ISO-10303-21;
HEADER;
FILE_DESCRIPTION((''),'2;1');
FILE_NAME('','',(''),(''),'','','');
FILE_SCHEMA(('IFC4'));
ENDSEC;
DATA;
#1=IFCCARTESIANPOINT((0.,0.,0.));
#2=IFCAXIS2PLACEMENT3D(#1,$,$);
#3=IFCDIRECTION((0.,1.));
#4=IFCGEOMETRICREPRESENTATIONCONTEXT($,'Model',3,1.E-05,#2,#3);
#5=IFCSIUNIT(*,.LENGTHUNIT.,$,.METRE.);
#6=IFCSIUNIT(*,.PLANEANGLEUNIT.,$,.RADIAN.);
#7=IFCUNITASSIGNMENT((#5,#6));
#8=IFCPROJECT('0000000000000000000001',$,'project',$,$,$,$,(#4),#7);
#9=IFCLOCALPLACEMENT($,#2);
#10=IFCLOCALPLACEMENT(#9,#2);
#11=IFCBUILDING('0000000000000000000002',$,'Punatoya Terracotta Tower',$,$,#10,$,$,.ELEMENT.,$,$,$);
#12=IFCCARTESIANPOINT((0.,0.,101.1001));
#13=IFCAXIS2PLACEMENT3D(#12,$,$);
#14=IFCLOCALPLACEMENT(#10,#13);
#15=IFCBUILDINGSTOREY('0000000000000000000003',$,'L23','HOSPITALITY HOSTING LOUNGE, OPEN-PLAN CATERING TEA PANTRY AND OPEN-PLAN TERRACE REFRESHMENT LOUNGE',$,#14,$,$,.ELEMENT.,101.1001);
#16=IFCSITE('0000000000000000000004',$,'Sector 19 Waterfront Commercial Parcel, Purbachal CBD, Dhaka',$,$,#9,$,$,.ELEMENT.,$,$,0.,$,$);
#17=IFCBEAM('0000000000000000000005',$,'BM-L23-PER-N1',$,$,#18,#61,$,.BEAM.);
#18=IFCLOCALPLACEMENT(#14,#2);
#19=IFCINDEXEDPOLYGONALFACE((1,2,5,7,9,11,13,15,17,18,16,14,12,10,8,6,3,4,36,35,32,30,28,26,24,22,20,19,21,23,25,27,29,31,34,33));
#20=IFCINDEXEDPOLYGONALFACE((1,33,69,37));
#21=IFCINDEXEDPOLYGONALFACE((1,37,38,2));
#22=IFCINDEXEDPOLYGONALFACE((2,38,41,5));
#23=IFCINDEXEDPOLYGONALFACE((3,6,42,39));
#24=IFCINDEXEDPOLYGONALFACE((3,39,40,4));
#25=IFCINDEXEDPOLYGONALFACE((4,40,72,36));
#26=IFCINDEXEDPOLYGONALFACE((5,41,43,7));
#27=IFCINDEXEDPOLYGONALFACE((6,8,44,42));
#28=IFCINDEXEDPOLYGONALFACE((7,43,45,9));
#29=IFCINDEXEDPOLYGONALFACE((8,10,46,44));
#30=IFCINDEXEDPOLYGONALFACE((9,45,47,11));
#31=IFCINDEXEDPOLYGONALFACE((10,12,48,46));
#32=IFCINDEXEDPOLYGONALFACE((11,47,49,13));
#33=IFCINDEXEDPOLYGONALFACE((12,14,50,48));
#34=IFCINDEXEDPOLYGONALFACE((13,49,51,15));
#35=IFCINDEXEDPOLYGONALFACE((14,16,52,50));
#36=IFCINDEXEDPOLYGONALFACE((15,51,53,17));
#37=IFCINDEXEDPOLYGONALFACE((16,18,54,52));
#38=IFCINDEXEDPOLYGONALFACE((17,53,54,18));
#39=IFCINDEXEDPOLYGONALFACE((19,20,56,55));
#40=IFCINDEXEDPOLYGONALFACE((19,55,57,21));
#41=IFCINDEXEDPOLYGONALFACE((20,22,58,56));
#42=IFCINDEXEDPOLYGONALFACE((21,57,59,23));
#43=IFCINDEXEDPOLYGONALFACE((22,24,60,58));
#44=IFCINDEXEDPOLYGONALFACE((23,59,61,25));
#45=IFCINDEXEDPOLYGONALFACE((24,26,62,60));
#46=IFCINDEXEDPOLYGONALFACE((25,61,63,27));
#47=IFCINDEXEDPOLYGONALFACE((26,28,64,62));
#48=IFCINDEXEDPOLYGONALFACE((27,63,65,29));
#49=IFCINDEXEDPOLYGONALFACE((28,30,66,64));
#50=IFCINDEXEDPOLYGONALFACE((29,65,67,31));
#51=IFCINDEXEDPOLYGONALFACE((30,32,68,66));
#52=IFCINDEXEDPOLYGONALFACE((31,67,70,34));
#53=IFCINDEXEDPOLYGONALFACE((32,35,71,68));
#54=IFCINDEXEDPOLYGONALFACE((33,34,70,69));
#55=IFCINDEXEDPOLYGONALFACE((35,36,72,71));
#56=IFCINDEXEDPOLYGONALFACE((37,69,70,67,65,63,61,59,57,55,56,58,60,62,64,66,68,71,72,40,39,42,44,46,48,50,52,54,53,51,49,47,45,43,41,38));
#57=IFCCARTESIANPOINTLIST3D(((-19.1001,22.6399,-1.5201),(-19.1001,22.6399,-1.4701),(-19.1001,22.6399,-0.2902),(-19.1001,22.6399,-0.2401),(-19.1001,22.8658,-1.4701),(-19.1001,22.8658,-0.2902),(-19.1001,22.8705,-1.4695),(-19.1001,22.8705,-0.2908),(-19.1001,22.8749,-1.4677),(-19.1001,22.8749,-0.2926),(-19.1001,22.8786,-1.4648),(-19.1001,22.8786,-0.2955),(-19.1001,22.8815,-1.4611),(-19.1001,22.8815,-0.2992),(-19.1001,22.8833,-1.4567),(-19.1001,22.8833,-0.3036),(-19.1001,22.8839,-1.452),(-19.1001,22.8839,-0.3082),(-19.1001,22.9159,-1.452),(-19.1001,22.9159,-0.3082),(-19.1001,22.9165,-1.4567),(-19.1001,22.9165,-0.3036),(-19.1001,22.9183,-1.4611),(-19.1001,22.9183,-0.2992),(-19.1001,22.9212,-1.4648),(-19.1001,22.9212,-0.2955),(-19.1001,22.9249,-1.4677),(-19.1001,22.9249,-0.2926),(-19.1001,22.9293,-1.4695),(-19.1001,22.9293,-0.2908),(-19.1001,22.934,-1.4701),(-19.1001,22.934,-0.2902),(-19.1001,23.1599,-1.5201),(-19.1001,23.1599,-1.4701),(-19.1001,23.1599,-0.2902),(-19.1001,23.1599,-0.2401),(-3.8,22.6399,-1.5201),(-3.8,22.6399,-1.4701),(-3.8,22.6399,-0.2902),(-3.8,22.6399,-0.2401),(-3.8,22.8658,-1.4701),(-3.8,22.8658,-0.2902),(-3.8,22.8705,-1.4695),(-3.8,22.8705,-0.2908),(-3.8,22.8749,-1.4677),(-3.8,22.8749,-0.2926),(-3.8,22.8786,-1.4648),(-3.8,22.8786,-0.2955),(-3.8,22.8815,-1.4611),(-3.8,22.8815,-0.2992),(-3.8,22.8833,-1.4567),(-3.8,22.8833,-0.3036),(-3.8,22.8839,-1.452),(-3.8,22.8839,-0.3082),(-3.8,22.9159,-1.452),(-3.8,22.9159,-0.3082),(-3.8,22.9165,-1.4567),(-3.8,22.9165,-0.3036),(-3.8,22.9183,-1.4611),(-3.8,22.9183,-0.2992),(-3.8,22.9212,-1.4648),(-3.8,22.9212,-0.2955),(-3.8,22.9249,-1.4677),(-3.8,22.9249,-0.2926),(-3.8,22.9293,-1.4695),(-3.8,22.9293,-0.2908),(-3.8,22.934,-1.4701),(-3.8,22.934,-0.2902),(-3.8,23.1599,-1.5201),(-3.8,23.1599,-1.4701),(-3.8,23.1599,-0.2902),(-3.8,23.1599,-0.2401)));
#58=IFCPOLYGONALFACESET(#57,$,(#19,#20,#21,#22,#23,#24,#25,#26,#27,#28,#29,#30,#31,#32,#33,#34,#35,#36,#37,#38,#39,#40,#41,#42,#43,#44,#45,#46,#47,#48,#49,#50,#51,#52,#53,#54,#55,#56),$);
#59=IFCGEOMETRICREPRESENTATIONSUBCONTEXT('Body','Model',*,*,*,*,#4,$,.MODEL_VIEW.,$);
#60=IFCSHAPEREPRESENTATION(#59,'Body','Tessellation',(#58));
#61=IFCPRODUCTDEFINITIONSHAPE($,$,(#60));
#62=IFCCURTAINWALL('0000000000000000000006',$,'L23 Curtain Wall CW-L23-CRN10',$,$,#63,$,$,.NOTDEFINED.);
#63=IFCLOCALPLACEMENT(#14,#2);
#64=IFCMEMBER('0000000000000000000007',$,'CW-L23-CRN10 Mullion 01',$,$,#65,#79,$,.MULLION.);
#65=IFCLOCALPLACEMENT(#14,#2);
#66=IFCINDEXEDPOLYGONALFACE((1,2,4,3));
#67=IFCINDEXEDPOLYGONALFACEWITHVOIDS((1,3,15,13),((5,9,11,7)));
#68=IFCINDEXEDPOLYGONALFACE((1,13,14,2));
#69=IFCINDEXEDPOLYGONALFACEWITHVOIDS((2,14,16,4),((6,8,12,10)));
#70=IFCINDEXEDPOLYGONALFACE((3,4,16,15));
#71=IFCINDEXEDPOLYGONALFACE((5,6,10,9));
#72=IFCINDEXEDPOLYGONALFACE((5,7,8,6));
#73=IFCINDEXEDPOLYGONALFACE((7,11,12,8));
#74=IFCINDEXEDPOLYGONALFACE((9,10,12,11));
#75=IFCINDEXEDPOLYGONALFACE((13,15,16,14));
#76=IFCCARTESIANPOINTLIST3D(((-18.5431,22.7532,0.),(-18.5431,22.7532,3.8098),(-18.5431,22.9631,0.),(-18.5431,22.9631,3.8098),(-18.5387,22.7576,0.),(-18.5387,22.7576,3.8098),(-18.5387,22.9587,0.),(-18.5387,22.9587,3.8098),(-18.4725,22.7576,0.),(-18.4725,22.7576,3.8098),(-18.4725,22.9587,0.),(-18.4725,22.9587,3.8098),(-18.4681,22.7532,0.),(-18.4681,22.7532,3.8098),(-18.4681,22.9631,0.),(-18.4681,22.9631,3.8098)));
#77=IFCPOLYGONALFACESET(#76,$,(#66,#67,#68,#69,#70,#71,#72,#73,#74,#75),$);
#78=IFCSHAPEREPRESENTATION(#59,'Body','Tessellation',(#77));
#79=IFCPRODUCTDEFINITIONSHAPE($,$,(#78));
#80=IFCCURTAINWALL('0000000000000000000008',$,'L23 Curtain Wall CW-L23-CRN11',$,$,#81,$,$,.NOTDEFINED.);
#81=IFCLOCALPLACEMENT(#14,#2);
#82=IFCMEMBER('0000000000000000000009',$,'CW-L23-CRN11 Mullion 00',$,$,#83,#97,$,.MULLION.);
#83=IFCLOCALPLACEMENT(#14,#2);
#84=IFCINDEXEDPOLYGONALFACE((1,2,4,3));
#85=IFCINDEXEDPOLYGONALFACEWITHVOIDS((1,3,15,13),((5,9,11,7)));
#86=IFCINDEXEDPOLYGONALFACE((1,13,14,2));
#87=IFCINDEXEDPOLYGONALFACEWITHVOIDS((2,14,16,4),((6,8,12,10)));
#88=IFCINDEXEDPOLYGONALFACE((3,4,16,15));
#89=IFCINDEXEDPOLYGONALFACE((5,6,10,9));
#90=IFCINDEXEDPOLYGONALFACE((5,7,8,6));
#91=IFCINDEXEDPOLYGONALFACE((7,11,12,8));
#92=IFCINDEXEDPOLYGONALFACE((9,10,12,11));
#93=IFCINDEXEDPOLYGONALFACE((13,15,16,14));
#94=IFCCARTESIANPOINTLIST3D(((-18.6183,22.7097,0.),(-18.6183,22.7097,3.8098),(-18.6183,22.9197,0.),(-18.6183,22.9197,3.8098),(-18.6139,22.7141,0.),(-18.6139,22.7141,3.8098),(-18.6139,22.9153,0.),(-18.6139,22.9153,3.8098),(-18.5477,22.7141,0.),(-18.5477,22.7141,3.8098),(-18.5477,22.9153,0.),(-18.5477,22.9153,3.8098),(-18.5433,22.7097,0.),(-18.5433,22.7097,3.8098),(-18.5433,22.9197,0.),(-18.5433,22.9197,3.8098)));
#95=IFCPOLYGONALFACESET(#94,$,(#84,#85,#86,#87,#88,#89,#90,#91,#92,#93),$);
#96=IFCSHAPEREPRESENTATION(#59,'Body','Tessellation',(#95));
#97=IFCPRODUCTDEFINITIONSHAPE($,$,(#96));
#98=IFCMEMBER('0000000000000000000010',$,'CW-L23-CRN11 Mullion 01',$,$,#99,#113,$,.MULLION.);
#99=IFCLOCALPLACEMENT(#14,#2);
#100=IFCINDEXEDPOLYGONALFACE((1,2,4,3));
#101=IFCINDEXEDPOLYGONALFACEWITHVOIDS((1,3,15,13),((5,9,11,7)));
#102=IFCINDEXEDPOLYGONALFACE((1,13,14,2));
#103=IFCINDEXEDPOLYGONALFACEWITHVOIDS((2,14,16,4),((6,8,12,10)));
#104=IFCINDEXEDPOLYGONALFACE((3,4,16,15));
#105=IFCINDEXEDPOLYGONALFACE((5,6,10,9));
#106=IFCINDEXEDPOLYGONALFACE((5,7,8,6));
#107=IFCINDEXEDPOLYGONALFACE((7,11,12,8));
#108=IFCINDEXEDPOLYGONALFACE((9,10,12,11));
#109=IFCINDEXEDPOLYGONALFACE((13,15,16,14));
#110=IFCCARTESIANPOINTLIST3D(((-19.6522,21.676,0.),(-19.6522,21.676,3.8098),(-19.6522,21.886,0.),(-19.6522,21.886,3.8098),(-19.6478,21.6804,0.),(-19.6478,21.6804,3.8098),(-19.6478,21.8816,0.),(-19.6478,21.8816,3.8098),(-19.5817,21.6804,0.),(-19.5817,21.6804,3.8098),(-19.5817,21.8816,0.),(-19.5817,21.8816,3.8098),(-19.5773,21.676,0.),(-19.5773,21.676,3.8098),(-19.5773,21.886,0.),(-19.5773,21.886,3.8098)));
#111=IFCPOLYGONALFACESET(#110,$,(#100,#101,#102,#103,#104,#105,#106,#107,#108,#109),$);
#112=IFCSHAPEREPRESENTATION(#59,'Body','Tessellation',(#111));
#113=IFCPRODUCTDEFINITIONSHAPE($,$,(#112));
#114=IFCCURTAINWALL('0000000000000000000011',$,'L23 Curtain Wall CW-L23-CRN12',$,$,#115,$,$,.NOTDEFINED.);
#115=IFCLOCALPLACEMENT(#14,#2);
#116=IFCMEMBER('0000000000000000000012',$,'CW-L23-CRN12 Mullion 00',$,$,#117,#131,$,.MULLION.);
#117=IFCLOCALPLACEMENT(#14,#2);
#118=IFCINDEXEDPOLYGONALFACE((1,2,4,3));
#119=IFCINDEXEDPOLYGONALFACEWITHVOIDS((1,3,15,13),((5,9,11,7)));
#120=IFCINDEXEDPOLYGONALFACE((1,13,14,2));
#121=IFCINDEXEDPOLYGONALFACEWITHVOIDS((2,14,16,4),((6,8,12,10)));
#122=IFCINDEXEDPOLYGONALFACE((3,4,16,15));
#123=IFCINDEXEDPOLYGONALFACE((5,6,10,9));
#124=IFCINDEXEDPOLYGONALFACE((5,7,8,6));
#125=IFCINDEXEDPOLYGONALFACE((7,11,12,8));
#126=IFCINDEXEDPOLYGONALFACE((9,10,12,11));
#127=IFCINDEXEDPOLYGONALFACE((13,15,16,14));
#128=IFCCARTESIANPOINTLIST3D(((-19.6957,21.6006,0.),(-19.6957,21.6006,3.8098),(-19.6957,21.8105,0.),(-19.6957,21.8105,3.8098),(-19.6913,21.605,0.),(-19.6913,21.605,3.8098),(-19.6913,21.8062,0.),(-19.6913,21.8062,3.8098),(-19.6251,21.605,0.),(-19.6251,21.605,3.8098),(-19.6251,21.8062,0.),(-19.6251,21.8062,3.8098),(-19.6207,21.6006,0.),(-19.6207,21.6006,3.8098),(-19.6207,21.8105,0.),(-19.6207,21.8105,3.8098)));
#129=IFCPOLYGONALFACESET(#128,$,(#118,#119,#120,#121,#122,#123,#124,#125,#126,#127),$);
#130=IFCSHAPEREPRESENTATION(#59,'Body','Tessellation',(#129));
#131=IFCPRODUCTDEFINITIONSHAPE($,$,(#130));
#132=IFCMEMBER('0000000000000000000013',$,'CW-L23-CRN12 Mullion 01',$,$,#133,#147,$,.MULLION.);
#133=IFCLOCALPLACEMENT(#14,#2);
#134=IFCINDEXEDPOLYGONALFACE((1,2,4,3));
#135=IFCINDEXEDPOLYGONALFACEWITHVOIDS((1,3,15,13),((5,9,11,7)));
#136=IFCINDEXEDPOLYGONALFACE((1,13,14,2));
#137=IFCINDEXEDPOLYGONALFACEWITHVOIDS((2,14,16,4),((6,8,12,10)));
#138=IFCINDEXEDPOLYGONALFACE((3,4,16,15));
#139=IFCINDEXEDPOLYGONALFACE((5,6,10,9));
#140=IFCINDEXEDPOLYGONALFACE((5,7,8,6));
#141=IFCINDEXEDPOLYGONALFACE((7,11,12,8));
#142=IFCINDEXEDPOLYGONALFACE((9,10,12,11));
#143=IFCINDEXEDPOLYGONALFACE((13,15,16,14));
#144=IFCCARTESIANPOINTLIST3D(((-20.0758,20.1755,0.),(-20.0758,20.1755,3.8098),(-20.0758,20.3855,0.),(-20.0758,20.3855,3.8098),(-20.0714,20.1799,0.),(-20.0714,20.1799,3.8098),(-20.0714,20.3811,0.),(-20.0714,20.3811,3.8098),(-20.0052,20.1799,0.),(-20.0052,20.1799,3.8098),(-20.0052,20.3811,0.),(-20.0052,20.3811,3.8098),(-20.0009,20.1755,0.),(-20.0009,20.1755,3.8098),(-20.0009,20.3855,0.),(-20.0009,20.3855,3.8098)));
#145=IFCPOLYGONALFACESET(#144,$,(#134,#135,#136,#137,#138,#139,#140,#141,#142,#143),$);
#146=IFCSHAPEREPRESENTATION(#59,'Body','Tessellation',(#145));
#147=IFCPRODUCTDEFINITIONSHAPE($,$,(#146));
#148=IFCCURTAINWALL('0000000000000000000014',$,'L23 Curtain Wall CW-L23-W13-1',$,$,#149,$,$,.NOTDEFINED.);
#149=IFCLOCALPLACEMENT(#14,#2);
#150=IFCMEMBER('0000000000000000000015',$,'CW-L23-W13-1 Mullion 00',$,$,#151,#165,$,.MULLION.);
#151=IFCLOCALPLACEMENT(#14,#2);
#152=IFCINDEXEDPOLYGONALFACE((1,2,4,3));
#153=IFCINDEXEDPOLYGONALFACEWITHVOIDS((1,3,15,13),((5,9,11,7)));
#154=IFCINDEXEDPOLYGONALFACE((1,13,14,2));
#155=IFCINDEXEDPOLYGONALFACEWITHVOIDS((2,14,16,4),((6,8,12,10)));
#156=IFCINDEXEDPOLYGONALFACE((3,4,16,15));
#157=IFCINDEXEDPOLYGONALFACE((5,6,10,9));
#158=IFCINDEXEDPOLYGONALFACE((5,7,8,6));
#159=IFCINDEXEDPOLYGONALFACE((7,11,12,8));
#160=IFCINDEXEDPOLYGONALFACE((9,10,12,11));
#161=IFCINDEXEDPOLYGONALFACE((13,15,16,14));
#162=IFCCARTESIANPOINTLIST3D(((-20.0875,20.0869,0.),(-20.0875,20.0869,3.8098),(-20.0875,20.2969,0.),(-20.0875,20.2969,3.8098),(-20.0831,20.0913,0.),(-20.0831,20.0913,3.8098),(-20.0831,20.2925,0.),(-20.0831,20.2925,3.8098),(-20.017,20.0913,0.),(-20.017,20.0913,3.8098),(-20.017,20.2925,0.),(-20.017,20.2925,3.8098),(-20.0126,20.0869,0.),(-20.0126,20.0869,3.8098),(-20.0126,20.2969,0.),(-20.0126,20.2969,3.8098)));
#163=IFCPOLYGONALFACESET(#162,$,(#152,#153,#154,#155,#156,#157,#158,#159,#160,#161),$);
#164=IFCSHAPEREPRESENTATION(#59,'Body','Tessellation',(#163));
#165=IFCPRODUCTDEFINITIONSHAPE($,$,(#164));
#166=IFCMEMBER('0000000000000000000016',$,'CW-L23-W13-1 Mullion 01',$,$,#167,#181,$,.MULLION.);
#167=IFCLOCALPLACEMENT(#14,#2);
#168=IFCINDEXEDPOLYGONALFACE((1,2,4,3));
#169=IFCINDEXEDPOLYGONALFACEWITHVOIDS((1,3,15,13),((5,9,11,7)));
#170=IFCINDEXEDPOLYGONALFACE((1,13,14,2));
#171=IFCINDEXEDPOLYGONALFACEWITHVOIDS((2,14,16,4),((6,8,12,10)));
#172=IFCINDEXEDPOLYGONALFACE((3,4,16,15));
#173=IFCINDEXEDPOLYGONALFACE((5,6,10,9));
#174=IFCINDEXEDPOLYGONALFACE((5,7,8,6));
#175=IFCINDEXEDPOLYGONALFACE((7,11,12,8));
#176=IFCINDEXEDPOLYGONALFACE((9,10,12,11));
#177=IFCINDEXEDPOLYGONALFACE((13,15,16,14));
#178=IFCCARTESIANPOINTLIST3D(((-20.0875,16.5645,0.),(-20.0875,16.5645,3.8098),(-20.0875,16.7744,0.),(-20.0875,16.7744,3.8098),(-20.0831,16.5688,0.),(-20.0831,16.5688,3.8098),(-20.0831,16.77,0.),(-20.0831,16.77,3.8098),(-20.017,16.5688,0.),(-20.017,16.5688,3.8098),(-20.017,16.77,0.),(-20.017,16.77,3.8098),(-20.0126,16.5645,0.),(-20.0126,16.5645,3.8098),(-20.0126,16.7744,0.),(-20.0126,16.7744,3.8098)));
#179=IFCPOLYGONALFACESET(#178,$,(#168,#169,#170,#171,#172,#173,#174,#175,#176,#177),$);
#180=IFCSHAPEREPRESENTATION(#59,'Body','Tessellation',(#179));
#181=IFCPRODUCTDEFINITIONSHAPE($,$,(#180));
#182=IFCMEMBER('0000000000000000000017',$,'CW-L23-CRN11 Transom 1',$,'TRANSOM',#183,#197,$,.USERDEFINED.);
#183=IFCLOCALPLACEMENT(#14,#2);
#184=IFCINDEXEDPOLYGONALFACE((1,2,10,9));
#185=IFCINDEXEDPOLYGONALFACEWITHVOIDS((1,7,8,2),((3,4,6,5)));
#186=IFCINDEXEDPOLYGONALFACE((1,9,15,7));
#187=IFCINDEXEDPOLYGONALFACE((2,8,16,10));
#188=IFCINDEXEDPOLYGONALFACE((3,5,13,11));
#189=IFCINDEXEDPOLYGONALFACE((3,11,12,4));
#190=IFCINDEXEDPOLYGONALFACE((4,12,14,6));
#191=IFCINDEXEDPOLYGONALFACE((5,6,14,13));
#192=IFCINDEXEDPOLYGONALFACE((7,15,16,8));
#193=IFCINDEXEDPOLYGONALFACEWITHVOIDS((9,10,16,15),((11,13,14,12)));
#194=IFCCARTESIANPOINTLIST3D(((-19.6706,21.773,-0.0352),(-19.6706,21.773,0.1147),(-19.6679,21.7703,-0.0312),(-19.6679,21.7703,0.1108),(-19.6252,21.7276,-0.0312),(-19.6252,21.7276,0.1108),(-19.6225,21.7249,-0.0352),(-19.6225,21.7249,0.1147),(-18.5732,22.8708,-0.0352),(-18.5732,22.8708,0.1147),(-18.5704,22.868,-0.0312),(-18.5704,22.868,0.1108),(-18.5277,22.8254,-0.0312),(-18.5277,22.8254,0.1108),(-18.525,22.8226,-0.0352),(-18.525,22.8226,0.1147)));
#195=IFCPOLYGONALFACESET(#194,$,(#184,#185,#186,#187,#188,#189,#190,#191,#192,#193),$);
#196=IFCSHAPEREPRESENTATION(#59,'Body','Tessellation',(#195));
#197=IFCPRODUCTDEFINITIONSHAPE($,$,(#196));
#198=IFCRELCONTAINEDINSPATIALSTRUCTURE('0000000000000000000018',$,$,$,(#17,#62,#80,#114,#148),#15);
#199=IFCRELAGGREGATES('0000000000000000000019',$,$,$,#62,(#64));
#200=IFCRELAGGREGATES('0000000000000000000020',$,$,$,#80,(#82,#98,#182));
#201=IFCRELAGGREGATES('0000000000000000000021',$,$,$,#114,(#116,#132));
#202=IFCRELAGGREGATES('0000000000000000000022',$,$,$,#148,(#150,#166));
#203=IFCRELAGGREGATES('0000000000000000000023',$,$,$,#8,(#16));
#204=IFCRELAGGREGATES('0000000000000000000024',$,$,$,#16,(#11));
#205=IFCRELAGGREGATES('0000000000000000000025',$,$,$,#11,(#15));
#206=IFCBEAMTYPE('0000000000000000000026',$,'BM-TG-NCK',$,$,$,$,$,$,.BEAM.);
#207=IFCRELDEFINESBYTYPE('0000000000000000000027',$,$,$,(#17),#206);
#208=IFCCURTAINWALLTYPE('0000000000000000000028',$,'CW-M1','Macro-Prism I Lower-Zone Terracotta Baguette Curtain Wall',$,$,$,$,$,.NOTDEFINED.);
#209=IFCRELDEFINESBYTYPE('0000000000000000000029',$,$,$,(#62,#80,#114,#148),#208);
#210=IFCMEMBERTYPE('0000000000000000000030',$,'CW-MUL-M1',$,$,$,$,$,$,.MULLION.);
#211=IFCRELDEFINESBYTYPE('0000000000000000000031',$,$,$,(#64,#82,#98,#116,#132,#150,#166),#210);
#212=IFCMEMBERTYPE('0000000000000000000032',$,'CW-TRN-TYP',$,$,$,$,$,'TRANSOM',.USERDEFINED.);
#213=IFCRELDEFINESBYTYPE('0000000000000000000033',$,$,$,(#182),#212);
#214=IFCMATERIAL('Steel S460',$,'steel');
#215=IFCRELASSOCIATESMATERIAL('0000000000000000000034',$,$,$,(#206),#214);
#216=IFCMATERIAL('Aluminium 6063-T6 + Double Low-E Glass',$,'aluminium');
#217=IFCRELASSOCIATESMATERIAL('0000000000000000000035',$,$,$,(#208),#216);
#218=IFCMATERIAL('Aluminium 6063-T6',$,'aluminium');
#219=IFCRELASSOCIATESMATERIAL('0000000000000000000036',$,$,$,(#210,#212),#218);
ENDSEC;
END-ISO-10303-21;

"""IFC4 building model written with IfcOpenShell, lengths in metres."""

from ifc_helpers import new_model, si_unit, direction, frame, origin, origin_2d, place, context, subcontext, project, spatial, hollow_rectangle, i_section, extrude, material, material_profile, profile_set, type_object, element, aggregate, save


model = new_model("IFC4")

# Units and contexts
model_context = context("Model", 3, precision=1e-05, world=origin(), true_north=direction((0.0, 1.0)))
body_context = subcontext(model_context, "Body", "Model", "MODEL_VIEW")
ifc_project = project(units=[si_unit("LENGTHUNIT", "METRE"), si_unit("PLANEANGLEUNIT", "RADIAN")], contexts=[model_context])

# Site, building, storey
site_placement = place(None, origin())
site = spatial("IfcSite", under=ifc_project, at=site_placement, Name="Sector 19 Waterfront Commercial Parcel, Purbachal CBD, Dhaka", CompositionType="ELEMENT", RefElevation=0.0)
building_placement = place(site_placement, origin())
building = spatial("IfcBuilding", under=site, at=building_placement, Name="Punatoya Terracotta Tower", CompositionType="ELEMENT")
storey_placement = place(building_placement, frame((0.0, 0.0, 101.1001)))
storey = spatial("IfcBuildingStorey", under=building, at=storey_placement, Name="L23", Description="HOSPITALITY HOSTING LOUNGE, OPEN-PLAN CATERING TEA PANTRY AND OPEN-PLAN TERRACE REFRESHMENT LOUNGE", CompositionType="ELEMENT", Elevation=101.1001)

# Shared definitions
ifc_material_1 = material(Name="Steel S460", Category="steel")

# Beam
ifc_material_profile_1 = material_profile(ifc_material_1, i_section(OverallWidth=0.52, OverallDepth=1.28, WebThickness=0.032, FlangeThickness=0.05, FilletRadius=0.0181, at=origin_2d()))
ifc_profile_set_1 = profile_set([ifc_material_profile_1], Name="Steel S460")
beam_type_1 = type_object("IfcBeamType", Name="BM-TG-NCK", PredefinedType="BEAM", material=ifc_profile_set_1)
beam_1_placement = place(storey_placement, frame((-19.1001, 22.8999, -0.8801), z_axis=(1.0, 0.0, 0.0), x_axis=(0.0, 1.0, 0.0)))
element("IfcBeam", 1, at=beam_1_placement, inside=storey, type_object=beam_type_1, Name="BM-L23-PER-N1", PredefinedType="BEAM", context=body_context, shape_type="SweptSolid", body=[
    extrude(i_section(OverallWidth=0.52, OverallDepth=1.28, WebThickness=0.032, FlangeThickness=0.05, FilletRadius=0.0181, at=origin_2d()), origin(), (0.0, 0.0, 1.0), 15.3),
])

# Curtain wall, member
ifc_material_2 = material(Name="Aluminium 6063-T6 + Double Low-E Glass", Category="aluminium")
curtain_wall_type = type_object("IfcCurtainWallType", Name="CW-M1", Description="Macro-Prism I Lower-Zone Terracotta Baguette Curtain Wall", PredefinedType="NOTDEFINED", material=ifc_material_2)
curtain_wall_1_placement = place(storey_placement, origin())
curtain_wall_1 = element("IfcCurtainWall", 2, at=curtain_wall_1_placement, inside=storey, type_object=curtain_wall_type, Name="L23 Curtain Wall CW-L23-CRN10", PredefinedType="NOTDEFINED")
ifc_material_3 = material(Name="Aluminium 6063-T6", Category="aluminium")
ifc_material_profile_2 = material_profile(ifc_material_3, hollow_rectangle(XDim=0.075, YDim=0.21, WallThickness=0.0044, at=origin_2d()))
ifc_profile_set_2 = profile_set([ifc_material_profile_2], Name="Aluminium 6063-T6")
member_type_1 = type_object("IfcMemberType", Name="CW-MUL-M1", PredefinedType="MULLION", material=ifc_profile_set_2)
member_1_placement = place(storey_placement, frame((-18.5056, 22.8582, 0.0), z_axis=(0.0, 0.0, 1.0), x_axis=(1.0, 0.0, 0.0)))
member_1 = element("IfcMember", 3, at=member_1_placement, type_object=member_type_1, Name="CW-L23-CRN10 Mullion 01", PredefinedType="MULLION", context=body_context, shape_type="SweptSolid", body=[
    extrude(hollow_rectangle(XDim=0.075, YDim=0.21, WallThickness=0.0044, at=origin_2d()), origin(), (0.0, 0.0, 1.0), 3.8098),
])
aggregate(curtain_wall_1, [member_1])

# Curtain walls, members
curtain_wall_2_placement = place(storey_placement, origin())
curtain_wall_2 = element("IfcCurtainWall", 4, at=curtain_wall_2_placement, inside=storey, type_object=curtain_wall_type, Name="L23 Curtain Wall CW-L23-CRN11", PredefinedType="NOTDEFINED")
member_2_placement = place(storey_placement, frame((-18.5808, 22.8147, 0.0), z_axis=(0.0, 0.0, 1.0), x_axis=(1.0, 0.0, 0.0)))
member_2 = element("IfcMember", 5, at=member_2_placement, type_object=member_type_1, Name="CW-L23-CRN11 Mullion 00", PredefinedType="MULLION", context=body_context, shape_type="SweptSolid", body=[
    extrude(hollow_rectangle(XDim=0.075, YDim=0.21, WallThickness=0.0044, at=origin_2d()), origin(), (0.0, 0.0, 1.0), 3.8098),
])
member_3_placement = place(storey_placement, frame((-19.6147, 21.781, 0.0), z_axis=(0.0, 0.0, 1.0), x_axis=(1.0, 0.0, 0.0)))
member_3 = element("IfcMember", 6, at=member_3_placement, type_object=member_type_1, Name="CW-L23-CRN11 Mullion 01", PredefinedType="MULLION", context=body_context, shape_type="SweptSolid", body=[
    extrude(hollow_rectangle(XDim=0.075, YDim=0.21, WallThickness=0.0044, at=origin_2d()), origin(), (0.0, 0.0, 1.0), 3.8098),
])
curtain_wall_3_placement = place(storey_placement, origin())
curtain_wall_3 = element("IfcCurtainWall", 7, at=curtain_wall_3_placement, inside=storey, type_object=curtain_wall_type, Name="L23 Curtain Wall CW-L23-CRN12", PredefinedType="NOTDEFINED")
member_4_placement = place(storey_placement, frame((-19.6582, 21.7056, 0.0), z_axis=(0.0, 0.0, 1.0), x_axis=(1.0, 0.0, 0.0)))
member_4 = element("IfcMember", 8, at=member_4_placement, type_object=member_type_1, Name="CW-L23-CRN12 Mullion 00", PredefinedType="MULLION", context=body_context, shape_type="SweptSolid", body=[
    extrude(hollow_rectangle(XDim=0.075, YDim=0.21, WallThickness=0.0044, at=origin_2d()), origin(), (0.0, 0.0, 1.0), 3.8098),
])
member_5_placement = place(storey_placement, frame((-20.0383, 20.2805, 0.0), z_axis=(0.0, 0.0, 1.0), x_axis=(1.0, 0.0, 0.0)))
member_5 = element("IfcMember", 9, at=member_5_placement, type_object=member_type_1, Name="CW-L23-CRN12 Mullion 01", PredefinedType="MULLION", context=body_context, shape_type="SweptSolid", body=[
    extrude(hollow_rectangle(XDim=0.075, YDim=0.21, WallThickness=0.0044, at=origin_2d()), origin(), (0.0, 0.0, 1.0), 3.8098),
])
curtain_wall_4_placement = place(storey_placement, origin())
curtain_wall_4 = element("IfcCurtainWall", 10, at=curtain_wall_4_placement, inside=storey, type_object=curtain_wall_type, Name="L23 Curtain Wall CW-L23-W13-1", PredefinedType="NOTDEFINED")
member_6_placement = place(storey_placement, frame((-20.05, 20.1919, 0.0), z_axis=(0.0, 0.0, 1.0), x_axis=(1.0, 0.0, 0.0)))
member_6 = element("IfcMember", 11, at=member_6_placement, type_object=member_type_1, Name="CW-L23-W13-1 Mullion 00", PredefinedType="MULLION", context=body_context, shape_type="SweptSolid", body=[
    extrude(hollow_rectangle(XDim=0.075, YDim=0.21, WallThickness=0.0044, at=origin_2d()), origin(), (0.0, 0.0, 1.0), 3.8098),
])
member_7_placement = place(storey_placement, frame((-20.05, 16.6694, 0.0), z_axis=(0.0, 0.0, 1.0), x_axis=(1.0, 0.0, 0.0)))
member_7 = element("IfcMember", 12, at=member_7_placement, type_object=member_type_1, Name="CW-L23-W13-1 Mullion 01", PredefinedType="MULLION", context=body_context, shape_type="SweptSolid", body=[
    extrude(hollow_rectangle(XDim=0.075, YDim=0.21, WallThickness=0.0044, at=origin_2d()), origin(), (0.0, 0.0, 1.0), 3.8098),
])

# Member
ifc_material_profile_3 = material_profile(ifc_material_3, hollow_rectangle(XDim=0.0681, YDim=0.1499, WallThickness=0.0039, at=origin_2d()))
ifc_profile_set_3 = profile_set([ifc_material_profile_3], Name="Aluminium 6063-T6")
member_type_2 = type_object("IfcMemberType", Name="CW-TRN-TYP", ElementType="TRANSOM", PredefinedType="USERDEFINED", material=ifc_profile_set_3)
member_8_placement = place(storey_placement, frame((-18.5491, 22.8467, 0.0398), z_axis=(-0.707028, -0.707185, 0.0), x_axis=(0.707185, -0.707028, 0.0)))
member_8 = element("IfcMember", 13, at=member_8_placement, type_object=member_type_2, Name="CW-L23-CRN11 Transom 1", ObjectType="TRANSOM", PredefinedType="USERDEFINED", context=body_context, shape_type="SweptSolid", body=[
    extrude(hollow_rectangle(XDim=0.0681, YDim=0.1499, WallThickness=0.0039, at=origin_2d()), origin(), (0.0, 0.0, 1.0), 1.5522),
])

aggregate(curtain_wall_2, [member_2, member_3, member_8])
aggregate(curtain_wall_3, [member_4, member_5])
aggregate(curtain_wall_4, [member_6, member_7])

save(model, "model.ifc")
